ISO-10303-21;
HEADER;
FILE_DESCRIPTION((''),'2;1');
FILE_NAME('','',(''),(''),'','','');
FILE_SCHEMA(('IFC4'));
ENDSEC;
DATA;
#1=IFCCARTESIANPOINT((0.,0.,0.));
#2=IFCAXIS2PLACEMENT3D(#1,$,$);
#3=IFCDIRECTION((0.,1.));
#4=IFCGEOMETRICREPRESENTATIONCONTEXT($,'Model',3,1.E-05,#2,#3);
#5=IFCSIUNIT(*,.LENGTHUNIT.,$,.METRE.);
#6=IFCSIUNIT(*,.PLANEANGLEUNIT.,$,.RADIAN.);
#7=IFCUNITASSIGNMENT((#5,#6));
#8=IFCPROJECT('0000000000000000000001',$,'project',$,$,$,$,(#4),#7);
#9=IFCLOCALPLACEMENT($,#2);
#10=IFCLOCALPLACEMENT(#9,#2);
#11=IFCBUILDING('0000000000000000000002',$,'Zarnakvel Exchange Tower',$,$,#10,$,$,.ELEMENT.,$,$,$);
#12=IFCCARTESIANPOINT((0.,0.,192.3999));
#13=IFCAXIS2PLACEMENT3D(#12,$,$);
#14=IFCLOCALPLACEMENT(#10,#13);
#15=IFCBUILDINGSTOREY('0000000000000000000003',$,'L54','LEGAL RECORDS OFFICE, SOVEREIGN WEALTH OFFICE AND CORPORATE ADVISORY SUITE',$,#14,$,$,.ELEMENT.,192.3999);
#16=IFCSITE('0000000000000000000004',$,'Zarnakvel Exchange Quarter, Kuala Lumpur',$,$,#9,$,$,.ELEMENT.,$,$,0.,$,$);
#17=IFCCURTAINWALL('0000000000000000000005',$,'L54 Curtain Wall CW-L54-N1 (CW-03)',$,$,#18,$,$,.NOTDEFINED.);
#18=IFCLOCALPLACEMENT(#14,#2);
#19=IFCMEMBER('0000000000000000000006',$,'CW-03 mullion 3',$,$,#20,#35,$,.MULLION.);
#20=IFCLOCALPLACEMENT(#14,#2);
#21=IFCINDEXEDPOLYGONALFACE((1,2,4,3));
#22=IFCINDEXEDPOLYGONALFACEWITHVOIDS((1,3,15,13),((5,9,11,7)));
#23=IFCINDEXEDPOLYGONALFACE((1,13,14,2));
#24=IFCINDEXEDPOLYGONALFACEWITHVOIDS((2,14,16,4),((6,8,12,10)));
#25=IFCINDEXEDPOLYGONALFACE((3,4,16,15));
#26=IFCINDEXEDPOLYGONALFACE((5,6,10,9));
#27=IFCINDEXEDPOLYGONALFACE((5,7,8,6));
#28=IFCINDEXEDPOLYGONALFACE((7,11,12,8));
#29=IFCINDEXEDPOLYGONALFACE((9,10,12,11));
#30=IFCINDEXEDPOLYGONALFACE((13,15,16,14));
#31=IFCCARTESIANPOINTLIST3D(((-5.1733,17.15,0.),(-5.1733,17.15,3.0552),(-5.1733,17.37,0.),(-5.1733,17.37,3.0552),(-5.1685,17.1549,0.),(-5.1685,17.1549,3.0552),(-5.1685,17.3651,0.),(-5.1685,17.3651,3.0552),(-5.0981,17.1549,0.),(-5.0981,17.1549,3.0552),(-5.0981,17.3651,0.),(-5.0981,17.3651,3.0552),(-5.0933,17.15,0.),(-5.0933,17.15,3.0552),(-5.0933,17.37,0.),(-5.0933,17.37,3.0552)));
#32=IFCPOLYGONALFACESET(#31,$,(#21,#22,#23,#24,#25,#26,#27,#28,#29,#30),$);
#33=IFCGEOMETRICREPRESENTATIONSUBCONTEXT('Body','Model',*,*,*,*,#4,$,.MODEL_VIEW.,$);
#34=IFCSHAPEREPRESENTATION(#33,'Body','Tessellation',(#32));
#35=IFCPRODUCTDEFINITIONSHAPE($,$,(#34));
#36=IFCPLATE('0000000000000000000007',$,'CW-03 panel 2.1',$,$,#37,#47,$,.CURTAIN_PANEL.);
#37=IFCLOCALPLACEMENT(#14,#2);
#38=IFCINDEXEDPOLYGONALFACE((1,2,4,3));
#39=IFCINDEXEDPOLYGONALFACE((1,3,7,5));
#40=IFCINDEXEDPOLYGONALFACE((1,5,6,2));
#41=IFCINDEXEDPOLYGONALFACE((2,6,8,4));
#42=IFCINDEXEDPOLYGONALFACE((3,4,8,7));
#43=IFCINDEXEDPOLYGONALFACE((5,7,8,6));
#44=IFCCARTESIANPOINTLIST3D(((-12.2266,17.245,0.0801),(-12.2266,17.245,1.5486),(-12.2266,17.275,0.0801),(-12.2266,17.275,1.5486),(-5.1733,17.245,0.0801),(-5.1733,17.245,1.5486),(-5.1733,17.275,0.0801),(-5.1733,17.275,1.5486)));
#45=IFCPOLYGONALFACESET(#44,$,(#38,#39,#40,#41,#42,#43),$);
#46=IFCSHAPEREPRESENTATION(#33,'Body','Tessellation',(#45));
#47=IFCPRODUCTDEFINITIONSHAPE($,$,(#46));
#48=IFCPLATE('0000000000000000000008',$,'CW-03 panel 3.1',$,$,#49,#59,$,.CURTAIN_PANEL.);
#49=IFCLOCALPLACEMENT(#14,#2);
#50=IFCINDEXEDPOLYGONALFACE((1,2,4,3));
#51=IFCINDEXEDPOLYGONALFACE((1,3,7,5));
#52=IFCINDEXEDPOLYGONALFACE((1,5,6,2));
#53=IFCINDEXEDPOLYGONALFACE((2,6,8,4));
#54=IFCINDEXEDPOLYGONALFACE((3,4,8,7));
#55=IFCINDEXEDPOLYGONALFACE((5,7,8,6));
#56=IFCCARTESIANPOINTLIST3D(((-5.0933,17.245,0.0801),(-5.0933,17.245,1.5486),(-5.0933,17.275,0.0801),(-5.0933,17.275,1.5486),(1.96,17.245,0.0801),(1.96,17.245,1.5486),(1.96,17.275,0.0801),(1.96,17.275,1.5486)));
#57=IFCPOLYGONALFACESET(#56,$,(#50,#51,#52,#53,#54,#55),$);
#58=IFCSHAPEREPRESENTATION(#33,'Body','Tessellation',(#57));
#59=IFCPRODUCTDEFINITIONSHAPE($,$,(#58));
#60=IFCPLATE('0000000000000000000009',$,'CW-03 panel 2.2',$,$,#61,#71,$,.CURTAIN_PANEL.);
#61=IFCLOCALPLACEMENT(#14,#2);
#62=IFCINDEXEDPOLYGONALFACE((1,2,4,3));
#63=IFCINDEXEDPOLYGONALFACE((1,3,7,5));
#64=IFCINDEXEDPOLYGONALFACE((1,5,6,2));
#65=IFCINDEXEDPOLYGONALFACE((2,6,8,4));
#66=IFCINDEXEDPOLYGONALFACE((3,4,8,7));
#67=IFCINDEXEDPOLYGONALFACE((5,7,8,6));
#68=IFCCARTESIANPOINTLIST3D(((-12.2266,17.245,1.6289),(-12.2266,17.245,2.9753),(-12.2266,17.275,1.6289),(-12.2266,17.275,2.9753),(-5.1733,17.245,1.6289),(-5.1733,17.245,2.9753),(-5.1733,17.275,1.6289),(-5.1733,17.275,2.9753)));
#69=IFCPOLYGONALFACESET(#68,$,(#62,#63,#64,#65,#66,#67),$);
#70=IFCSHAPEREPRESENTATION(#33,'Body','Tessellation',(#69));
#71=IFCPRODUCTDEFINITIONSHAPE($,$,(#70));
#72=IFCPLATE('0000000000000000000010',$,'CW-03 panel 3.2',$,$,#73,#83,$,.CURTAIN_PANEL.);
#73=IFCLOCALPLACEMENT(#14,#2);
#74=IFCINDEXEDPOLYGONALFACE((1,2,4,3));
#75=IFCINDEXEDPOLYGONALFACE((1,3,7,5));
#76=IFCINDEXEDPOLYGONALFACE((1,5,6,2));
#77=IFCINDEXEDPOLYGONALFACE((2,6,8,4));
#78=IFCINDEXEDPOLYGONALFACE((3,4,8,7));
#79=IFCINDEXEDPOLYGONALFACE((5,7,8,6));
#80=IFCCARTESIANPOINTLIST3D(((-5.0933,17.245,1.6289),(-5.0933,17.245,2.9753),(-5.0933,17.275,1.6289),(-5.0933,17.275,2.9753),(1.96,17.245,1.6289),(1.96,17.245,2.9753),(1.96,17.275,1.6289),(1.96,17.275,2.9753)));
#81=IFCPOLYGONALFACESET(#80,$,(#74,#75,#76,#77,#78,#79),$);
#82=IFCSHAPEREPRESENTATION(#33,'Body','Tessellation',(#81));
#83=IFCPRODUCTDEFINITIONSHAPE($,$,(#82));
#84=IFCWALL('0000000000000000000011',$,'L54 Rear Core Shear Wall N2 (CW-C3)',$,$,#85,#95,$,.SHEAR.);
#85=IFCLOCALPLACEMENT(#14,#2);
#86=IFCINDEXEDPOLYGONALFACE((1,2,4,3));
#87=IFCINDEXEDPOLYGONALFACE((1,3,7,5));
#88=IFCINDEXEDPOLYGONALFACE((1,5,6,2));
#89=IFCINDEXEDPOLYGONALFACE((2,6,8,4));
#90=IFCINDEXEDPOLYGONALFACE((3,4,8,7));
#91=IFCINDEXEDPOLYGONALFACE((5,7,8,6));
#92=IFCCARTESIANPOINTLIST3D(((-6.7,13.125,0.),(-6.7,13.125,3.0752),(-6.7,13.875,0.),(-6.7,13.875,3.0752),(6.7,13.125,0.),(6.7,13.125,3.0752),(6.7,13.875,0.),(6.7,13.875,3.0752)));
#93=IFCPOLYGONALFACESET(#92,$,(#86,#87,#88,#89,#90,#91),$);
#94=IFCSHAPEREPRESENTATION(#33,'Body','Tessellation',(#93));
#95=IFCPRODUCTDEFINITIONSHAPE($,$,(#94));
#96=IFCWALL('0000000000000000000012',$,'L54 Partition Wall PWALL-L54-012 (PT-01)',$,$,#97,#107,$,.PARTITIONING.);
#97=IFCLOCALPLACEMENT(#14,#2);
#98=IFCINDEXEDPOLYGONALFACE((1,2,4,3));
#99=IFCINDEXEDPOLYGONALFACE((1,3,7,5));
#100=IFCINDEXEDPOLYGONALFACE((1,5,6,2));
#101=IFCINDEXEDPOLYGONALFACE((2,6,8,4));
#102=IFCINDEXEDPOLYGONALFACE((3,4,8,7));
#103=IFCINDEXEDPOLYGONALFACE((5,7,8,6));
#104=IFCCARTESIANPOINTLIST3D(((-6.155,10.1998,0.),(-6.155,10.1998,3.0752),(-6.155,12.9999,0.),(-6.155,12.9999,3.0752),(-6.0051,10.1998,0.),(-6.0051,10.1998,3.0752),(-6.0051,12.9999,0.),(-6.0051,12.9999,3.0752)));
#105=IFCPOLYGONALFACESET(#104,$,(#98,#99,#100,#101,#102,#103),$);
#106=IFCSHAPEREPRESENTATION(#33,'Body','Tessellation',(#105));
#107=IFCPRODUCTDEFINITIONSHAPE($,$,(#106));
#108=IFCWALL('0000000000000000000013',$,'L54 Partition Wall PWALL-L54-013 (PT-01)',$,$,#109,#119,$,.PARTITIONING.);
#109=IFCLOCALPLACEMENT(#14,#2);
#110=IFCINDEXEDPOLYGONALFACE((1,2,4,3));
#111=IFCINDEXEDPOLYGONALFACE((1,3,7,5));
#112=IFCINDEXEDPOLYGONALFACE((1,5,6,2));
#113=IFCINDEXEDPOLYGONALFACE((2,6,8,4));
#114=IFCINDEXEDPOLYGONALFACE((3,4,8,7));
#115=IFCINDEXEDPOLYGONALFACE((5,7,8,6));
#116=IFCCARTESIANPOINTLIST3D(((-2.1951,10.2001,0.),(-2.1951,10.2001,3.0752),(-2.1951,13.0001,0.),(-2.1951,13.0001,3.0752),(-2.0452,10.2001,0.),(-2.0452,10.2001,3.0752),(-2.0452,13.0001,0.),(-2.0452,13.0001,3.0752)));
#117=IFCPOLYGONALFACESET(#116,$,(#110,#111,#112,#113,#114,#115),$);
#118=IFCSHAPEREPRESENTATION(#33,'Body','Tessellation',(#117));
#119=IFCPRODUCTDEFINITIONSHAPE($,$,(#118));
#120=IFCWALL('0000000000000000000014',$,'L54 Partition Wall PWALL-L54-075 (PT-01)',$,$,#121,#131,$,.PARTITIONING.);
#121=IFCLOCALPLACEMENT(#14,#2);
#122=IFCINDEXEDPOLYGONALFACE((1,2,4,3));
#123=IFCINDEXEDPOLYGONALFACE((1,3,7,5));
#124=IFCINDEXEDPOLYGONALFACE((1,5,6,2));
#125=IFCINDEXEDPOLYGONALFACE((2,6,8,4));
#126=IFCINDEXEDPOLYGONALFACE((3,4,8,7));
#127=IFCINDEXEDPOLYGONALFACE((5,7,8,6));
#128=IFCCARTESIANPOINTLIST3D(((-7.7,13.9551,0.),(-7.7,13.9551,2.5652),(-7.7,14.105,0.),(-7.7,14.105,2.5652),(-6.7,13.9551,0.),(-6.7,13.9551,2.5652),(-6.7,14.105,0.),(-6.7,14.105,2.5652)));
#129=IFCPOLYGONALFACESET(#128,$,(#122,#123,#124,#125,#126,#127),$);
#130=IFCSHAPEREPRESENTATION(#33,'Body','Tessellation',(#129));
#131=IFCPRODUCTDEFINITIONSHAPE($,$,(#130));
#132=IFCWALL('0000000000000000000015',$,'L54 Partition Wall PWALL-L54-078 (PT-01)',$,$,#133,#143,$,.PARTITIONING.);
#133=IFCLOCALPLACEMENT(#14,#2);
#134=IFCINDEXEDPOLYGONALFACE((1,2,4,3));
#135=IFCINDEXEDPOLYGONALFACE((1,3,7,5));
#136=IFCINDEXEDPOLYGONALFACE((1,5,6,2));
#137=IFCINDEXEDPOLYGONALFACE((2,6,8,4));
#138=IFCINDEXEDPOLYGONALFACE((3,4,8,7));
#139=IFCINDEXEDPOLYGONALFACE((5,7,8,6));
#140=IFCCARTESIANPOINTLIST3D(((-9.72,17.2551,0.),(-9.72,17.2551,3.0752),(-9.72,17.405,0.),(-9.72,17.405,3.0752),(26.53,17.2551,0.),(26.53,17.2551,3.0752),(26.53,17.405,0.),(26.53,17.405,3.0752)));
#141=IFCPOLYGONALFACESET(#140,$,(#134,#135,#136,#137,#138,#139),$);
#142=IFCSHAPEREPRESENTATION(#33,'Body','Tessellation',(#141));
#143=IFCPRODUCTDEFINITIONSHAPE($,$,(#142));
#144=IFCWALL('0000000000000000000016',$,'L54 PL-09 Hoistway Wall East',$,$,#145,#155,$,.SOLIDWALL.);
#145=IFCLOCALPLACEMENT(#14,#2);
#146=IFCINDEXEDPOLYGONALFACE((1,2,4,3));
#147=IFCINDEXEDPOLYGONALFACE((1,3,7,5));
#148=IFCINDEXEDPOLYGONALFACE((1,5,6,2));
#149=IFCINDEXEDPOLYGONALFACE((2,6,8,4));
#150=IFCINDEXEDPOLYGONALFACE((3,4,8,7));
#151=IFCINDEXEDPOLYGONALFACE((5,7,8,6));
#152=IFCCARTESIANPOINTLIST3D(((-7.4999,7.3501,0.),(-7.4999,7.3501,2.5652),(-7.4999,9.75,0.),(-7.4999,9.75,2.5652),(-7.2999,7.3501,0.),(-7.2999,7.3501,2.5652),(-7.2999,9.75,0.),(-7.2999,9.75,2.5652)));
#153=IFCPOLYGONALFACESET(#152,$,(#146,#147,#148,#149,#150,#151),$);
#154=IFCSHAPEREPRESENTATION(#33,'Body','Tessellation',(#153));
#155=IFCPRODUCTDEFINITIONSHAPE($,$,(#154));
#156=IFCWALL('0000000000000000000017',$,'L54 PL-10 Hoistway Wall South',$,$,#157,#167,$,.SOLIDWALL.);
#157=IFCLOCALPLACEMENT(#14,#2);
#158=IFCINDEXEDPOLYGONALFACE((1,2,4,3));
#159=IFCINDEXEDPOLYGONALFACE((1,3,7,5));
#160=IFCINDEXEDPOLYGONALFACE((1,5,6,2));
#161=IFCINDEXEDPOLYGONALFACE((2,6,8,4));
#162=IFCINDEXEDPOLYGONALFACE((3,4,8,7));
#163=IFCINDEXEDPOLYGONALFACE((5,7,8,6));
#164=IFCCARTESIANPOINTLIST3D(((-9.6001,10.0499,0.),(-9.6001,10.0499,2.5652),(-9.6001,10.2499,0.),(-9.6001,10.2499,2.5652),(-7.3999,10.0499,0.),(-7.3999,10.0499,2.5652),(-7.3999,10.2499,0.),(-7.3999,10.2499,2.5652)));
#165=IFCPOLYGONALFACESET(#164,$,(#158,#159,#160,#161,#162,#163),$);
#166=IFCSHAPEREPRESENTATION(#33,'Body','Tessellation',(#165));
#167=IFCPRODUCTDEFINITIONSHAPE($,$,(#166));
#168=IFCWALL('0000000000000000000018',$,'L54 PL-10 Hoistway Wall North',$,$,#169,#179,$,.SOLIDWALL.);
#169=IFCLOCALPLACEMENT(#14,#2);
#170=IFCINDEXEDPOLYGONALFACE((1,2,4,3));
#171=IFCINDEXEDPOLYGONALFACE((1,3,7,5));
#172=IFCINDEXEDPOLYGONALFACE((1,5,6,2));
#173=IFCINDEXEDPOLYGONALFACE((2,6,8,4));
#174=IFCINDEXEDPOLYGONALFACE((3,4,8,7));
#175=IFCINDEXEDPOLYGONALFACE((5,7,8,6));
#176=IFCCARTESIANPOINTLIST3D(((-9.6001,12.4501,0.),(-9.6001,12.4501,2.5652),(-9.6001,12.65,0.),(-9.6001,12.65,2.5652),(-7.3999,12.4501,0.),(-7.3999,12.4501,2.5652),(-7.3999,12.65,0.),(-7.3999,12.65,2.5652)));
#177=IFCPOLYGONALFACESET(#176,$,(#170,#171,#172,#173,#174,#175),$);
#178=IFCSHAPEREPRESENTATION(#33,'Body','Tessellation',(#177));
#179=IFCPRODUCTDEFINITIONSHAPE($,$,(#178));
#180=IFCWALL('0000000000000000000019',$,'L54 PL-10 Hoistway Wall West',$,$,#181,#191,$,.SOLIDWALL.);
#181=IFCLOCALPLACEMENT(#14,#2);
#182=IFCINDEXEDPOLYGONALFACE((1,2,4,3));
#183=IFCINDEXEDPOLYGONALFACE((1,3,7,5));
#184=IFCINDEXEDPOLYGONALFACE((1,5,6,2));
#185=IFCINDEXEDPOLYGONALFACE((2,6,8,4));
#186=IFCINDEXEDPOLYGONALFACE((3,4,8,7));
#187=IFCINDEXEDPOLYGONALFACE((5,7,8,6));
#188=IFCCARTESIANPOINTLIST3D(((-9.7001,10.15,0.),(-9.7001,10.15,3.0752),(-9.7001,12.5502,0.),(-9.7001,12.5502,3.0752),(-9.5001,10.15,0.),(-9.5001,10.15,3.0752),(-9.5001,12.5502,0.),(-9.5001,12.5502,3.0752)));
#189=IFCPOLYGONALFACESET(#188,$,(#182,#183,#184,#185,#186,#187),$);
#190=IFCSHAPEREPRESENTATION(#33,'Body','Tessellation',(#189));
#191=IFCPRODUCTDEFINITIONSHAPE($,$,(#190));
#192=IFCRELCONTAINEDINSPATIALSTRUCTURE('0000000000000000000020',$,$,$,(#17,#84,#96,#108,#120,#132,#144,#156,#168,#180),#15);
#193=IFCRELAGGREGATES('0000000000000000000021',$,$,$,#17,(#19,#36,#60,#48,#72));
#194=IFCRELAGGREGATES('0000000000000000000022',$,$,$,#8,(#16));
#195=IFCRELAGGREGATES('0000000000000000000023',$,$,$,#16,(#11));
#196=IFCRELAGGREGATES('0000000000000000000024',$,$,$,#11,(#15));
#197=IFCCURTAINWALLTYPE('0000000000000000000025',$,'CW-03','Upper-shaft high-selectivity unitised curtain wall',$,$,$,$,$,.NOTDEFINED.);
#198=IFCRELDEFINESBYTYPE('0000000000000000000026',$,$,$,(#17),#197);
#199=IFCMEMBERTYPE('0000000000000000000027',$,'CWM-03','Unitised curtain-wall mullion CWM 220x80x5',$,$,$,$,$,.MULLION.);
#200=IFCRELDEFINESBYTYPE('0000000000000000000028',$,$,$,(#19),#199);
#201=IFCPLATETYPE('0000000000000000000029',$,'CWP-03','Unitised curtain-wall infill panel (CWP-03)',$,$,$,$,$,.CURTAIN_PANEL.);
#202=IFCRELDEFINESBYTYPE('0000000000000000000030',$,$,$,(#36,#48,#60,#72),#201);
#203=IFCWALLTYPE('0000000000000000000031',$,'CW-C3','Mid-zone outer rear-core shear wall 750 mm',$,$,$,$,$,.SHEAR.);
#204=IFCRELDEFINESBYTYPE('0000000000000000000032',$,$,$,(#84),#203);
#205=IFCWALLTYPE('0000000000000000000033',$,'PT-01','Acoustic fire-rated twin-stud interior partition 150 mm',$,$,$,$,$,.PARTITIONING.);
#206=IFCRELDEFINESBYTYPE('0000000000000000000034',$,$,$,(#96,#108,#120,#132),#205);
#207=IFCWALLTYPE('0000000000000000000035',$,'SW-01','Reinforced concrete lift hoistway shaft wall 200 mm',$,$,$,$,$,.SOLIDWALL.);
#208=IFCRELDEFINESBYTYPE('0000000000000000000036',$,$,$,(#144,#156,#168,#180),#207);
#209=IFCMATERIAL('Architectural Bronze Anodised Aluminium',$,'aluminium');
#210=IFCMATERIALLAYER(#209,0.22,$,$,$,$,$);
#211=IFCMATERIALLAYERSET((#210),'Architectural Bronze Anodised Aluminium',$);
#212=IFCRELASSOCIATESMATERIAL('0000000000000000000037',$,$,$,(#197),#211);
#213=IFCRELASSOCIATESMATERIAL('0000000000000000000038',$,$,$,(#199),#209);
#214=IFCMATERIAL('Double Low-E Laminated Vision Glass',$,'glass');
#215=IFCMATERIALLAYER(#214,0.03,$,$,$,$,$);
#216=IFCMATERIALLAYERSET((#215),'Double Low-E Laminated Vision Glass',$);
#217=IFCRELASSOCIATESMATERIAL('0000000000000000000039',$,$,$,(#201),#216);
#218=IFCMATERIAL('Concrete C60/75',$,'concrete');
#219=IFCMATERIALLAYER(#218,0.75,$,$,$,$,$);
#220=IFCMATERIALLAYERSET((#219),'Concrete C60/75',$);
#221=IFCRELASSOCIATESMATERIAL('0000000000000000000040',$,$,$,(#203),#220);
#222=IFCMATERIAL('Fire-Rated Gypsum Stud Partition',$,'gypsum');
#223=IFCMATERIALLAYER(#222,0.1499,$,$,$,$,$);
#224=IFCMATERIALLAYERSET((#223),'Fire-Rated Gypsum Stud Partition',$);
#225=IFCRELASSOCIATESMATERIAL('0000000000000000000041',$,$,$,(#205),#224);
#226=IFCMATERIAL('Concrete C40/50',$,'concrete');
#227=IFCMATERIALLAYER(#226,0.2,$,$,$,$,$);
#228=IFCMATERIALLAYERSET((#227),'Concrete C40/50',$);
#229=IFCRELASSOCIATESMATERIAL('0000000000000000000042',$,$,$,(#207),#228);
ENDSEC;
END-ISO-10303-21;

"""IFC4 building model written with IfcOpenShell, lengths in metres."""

from ifc_helpers import new_model, si_unit, direction, frame, frame_2d, origin, origin_2d, place, context, subcontext, project, spatial, rectangle, hollow_rectangle, extrude, source, transform, mapped, material, layer, layer_set, material_profile, profile_set, type_object, element, aggregate, save


model = new_model("IFC4")

# Units and contexts
model_context = context("Model", 3, precision=1e-05, world=origin(), true_north=direction((0.0, 1.0)))
body_context = subcontext(model_context, "Body", "Model", "MODEL_VIEW")
ifc_project = project(units=[si_unit("LENGTHUNIT", "METRE"), si_unit("PLANEANGLEUNIT", "RADIAN")], contexts=[model_context])

# Site, building, storey
site_placement = place(None, origin())
site = spatial("IfcSite", under=ifc_project, at=site_placement, Name="Zarnakvel Exchange Quarter, Kuala Lumpur", CompositionType="ELEMENT", RefElevation=0.0)
building_placement = place(site_placement, origin())
building = spatial("IfcBuilding", under=site, at=building_placement, Name="Zarnakvel Exchange Tower", CompositionType="ELEMENT")
storey_placement = place(building_placement, frame((0.0, 0.0, 192.3999)))
storey = spatial("IfcBuildingStorey", under=building, at=storey_placement, Name="L54", Description="LEGAL RECORDS OFFICE, SOVEREIGN WEALTH OFFICE AND CORPORATE ADVISORY SUITE", CompositionType="ELEMENT", Elevation=192.3999)

# Shared definitions
ifc_material_1 = material(Name="Concrete C60/75", Category="concrete")

# Curtain wall, member, plates
ifc_material_2 = material(Name="Architectural Bronze Anodised Aluminium", Category="aluminium")
ifc_layer_1 = layer(ifc_material_2, 0.22)
ifc_layer_set_1 = layer_set([ifc_layer_1], Name="Architectural Bronze Anodised Aluminium")
curtain_wall_type = type_object("IfcCurtainWallType", Name="CW-03", Description="Upper-shaft high-selectivity unitised curtain wall", PredefinedType="NOTDEFINED", material=ifc_layer_set_1)
curtain_wall_placement = place(storey_placement, origin())
curtain_wall = element("IfcCurtainWall", 1, at=curtain_wall_placement, inside=storey, type_object=curtain_wall_type, Name="L54 Curtain Wall CW-L54-N1 (CW-03)", PredefinedType="NOTDEFINED")
ifc_material_profile_1 = material_profile(ifc_material_2, hollow_rectangle(XDim=0.22, YDim=0.0801, WallThickness=0.0049, at=origin_2d()))
ifc_profile_set_1 = profile_set([ifc_material_profile_1], Name="Architectural Bronze Anodised Aluminium")
member_type_1 = type_object("IfcMemberType", Name="CWM-03", Description="Unitised curtain-wall mullion CWM 220x80x5", PredefinedType="MULLION", material=ifc_profile_set_1)
shared_shape_1 = source(origin(), body_context, "Body", "SweptSolid", [
    extrude(hollow_rectangle(XDim=0.22, YDim=0.0801, WallThickness=0.0049, at=origin_2d()), origin(), (0.0, 0.0, 1.0), 3.0552),
])
member_1_placement = place(storey_placement, frame((-5.1333, 17.26, 0.0), z_axis=(0.0, 0.0, 1.0), x_axis=(0.0, 1.0, 0.0)))
member_1 = element("IfcMember", 2, at=member_1_placement, type_object=member_type_1, Name="CW-03 mullion 3", PredefinedType="MULLION", context=body_context, shape_type="MappedRepresentation", body=[
    mapped(shared_shape_1, transform((0.0, 0.0, 0.0), x_axis=(1.0, 0.0, 0.0), y_axis=(0.0, 1.0, 0.0), z_axis=(0.0, 0.0, 1.0), scale=1.0)),
])
ifc_material_3 = material(Name="Double Low-E Laminated Vision Glass", Category="glass")
ifc_layer_2 = layer(ifc_material_3, 0.03)
ifc_layer_set_2 = layer_set([ifc_layer_2], Name="Double Low-E Laminated Vision Glass")
plate_type = type_object("IfcPlateType", Name="CWP-03", Description="Unitised curtain-wall infill panel (CWP-03)", PredefinedType="CURTAIN_PANEL", material=ifc_layer_set_2)
shared_shape_2 = source(origin(), body_context, "Body", "SweptSolid", [
    extrude(rectangle(XDim=7.0532, YDim=0.03, at=origin_2d()), origin(), (0.0, 0.0, 1.0), 1.4685),
])
plate_1_placement = place(storey_placement, frame((-8.7, 17.26, 0.0801), z_axis=(0.0, 0.0, 1.0), x_axis=(1.0, 0.0, 0.0)))
plate_1 = element("IfcPlate", 3, at=plate_1_placement, type_object=plate_type, Name="CW-03 panel 2.1", PredefinedType="CURTAIN_PANEL", context=body_context, shape_type="MappedRepresentation", body=[
    mapped(shared_shape_2, transform((0.0, 0.0, 0.0), x_axis=(1.0, 0.0, 0.0), y_axis=(0.0, 1.0, 0.0), z_axis=(0.0, 0.0, 1.0), scale=1.0)),
])
plate_2_placement = place(storey_placement, frame((-1.5667, 17.26, 0.0801), z_axis=(0.0, 0.0, 1.0), x_axis=(1.0, 0.0, 0.0)))
plate_2 = element("IfcPlate", 4, at=plate_2_placement, type_object=plate_type, Name="CW-03 panel 3.1", PredefinedType="CURTAIN_PANEL", context=body_context, shape_type="MappedRepresentation", body=[
    mapped(shared_shape_2, transform((0.0, 0.0, 0.0), x_axis=(1.0, 0.0, 0.0), y_axis=(0.0, 1.0, 0.0), z_axis=(0.0, 0.0, 1.0), scale=1.0)),
])
shared_shape_3 = source(origin(), body_context, "Body", "SweptSolid", [
    extrude(rectangle(XDim=7.0532, YDim=0.03, at=origin_2d()), origin(), (0.0, 0.0, 1.0), 1.3464),
])
plate_3_placement = place(storey_placement, frame((-8.7, 17.26, 1.6289), z_axis=(0.0, 0.0, 1.0), x_axis=(1.0, 0.0, 0.0)))
plate_3 = element("IfcPlate", 5, at=plate_3_placement, type_object=plate_type, Name="CW-03 panel 2.2", PredefinedType="CURTAIN_PANEL", context=body_context, shape_type="MappedRepresentation", body=[
    mapped(shared_shape_3, transform((0.0, 0.0, 0.0), x_axis=(1.0, 0.0, 0.0), y_axis=(0.0, 1.0, 0.0), z_axis=(0.0, 0.0, 1.0), scale=1.0)),
])
plate_4_placement = place(storey_placement, frame((-1.5667, 17.26, 1.6289), z_axis=(0.0, 0.0, 1.0), x_axis=(1.0, 0.0, 0.0)))
plate_4 = element("IfcPlate", 6, at=plate_4_placement, type_object=plate_type, Name="CW-03 panel 3.2", PredefinedType="CURTAIN_PANEL", context=body_context, shape_type="MappedRepresentation", body=[
    mapped(shared_shape_3, transform((0.0, 0.0, 0.0), x_axis=(1.0, 0.0, 0.0), y_axis=(0.0, 1.0, 0.0), z_axis=(0.0, 0.0, 1.0), scale=1.0)),
])
aggregate(curtain_wall, [member_1, plate_1, plate_3, plate_2, plate_4])

# Wall
ifc_layer_3 = layer(ifc_material_1, 0.75)
ifc_layer_set_3 = layer_set([ifc_layer_3], Name="Concrete C60/75")
wall_type_1 = type_object("IfcWallType", Name="CW-C3", Description="Mid-zone outer rear-core shear wall 750 mm", PredefinedType="SHEAR", material=ifc_layer_set_3)
wall_1_placement = place(storey_placement, frame((-6.7, 13.5, 0.0), z_axis=(0.0, 0.0, 1.0), x_axis=(1.0, 0.0, 0.0)))
element("IfcWall", 7, at=wall_1_placement, inside=storey, type_object=wall_type_1, Name="L54 Rear Core Shear Wall N2 (CW-C3)", PredefinedType="SHEAR", context=body_context, shape_type="SweptSolid", body=[
    extrude(rectangle(XDim=13.3999, YDim=0.75, at=frame_2d((6.7, 0.0))), origin(), (0.0, 0.0, 1.0), 3.0752),
])

# Shared definitions
ifc_material_4 = material(Name="Fire-Rated Gypsum Stud Partition", Category="gypsum")
ifc_layer_4 = layer(ifc_material_4, 0.1499)
ifc_layer_set_4 = layer_set([ifc_layer_4], Name="Fire-Rated Gypsum Stud Partition")
wall_type_2 = type_object("IfcWallType", Name="PT-01", Description="Acoustic fire-rated twin-stud interior partition 150 mm", PredefinedType="PARTITIONING", material=ifc_layer_set_4)

# Walls
for number, where, z_axis, x_axis, name in (
    (8, (-6.0801, 10.2, 0.0), (0.0, 0.0, 1.0), (0.0, 1.0, 0.0), "L54 Partition Wall PWALL-L54-012 (PT-01)"),
    (9, (-2.1201, 13.0, 0.0), (0.0, 0.0, 1.0), (0.0, -1.0, 0.0), "L54 Partition Wall PWALL-L54-013 (PT-01)"),
):
    element("IfcWall", number, at=place(storey_placement, frame(where, z_axis=z_axis, x_axis=x_axis)), inside=storey, type_object=wall_type_2, Name=name, PredefinedType="PARTITIONING", context=body_context, shape_type="SweptSolid", body=[
        extrude(rectangle(XDim=2.8, YDim=0.1499, at=frame_2d((1.3999, 0.0))), origin(), (0.0, 0.0, 1.0), 3.0752),
    ])
wall_2_placement = place(storey_placement, frame((-6.7, 14.03, 0.0), z_axis=(0.0, 0.0, 1.0), x_axis=(-1.0, 0.0, 0.0)))
element("IfcWall", 10, at=wall_2_placement, inside=storey, type_object=wall_type_2, Name="L54 Partition Wall PWALL-L54-075 (PT-01)", PredefinedType="PARTITIONING", context=body_context, shape_type="SweptSolid", body=[
    extrude(rectangle(XDim=1.0, YDim=0.1499, at=frame_2d((0.5, 0.0))), origin(), (0.0, 0.0, 1.0), 2.5652),
])
wall_3_placement = place(storey_placement, frame((-9.72, 17.3301, 0.0), z_axis=(0.0, 0.0, 1.0), x_axis=(1.0, 0.0, 0.0)))
element("IfcWall", 11, at=wall_3_placement, inside=storey, type_object=wall_type_2, Name="L54 Partition Wall PWALL-L54-078 (PT-01)", PredefinedType="PARTITIONING", context=body_context, shape_type="SweptSolid", body=[
    extrude(rectangle(XDim=36.25, YDim=0.1499, at=frame_2d((18.125, 0.0))), origin(), (0.0, 0.0, 1.0), 3.0752),
])

# Walls
ifc_material_5 = material(Name="Concrete C40/50", Category="concrete")
ifc_layer_5 = layer(ifc_material_5, 0.2)
ifc_layer_set_5 = layer_set([ifc_layer_5], Name="Concrete C40/50")
wall_type_3 = type_object("IfcWallType", Name="SW-01", Description="Reinforced concrete lift hoistway shaft wall 200 mm", PredefinedType="SOLIDWALL", material=ifc_layer_set_5)
wall_4_placement = place(storey_placement, frame((-7.3999, 9.75, 0.0), z_axis=(0.0, 0.0, 1.0), x_axis=(0.0, -1.0, 0.0)))
element("IfcWall", 12, at=wall_4_placement, inside=storey, type_object=wall_type_3, Name="L54 PL-09 Hoistway Wall East", PredefinedType="SOLIDWALL", context=body_context, shape_type="SweptSolid", body=[
    extrude(rectangle(XDim=2.3999, YDim=0.2, at=frame_2d((1.2, 0.0))), origin(), (0.0, 0.0, 1.0), 2.5652),
])
for number, where, z_axis, x_axis, name in (
    (13, (-7.3999, 10.1499, 0.0), (0.0, 0.0, 1.0), (-1.0, 0.0, 0.0), "L54 PL-10 Hoistway Wall South"),
    (14, (-9.6001, 12.55, 0.0), (0.0, 0.0, 1.0), (1.0, 0.0, 0.0), "L54 PL-10 Hoistway Wall North"),
):
    element("IfcWall", number, at=place(storey_placement, frame(where, z_axis=z_axis, x_axis=x_axis)), inside=storey, type_object=wall_type_3, Name=name, PredefinedType="SOLIDWALL", context=body_context, shape_type="SweptSolid", body=[
        extrude(rectangle(XDim=2.2002, YDim=0.2, at=frame_2d((1.1001, 0.0))), origin(), (0.0, 0.0, 1.0), 2.5652),
    ])
wall_5_placement = place(storey_placement, frame((-9.6001, 10.1499, 0.0), z_axis=(0.0, 0.0, 1.0), x_axis=(0.0, 1.0, 0.0)))
element("IfcWall", 15, at=wall_5_placement, inside=storey, type_object=wall_type_3, Name="L54 PL-10 Hoistway Wall West", PredefinedType="SOLIDWALL", context=body_context, shape_type="SweptSolid", body=[
    extrude(rectangle(XDim=2.4001, YDim=0.2, at=frame_2d((1.2002, 0.0))), origin(), (0.0, 0.0, 1.0), 3.0752),
])

save(model, "model.ifc")
